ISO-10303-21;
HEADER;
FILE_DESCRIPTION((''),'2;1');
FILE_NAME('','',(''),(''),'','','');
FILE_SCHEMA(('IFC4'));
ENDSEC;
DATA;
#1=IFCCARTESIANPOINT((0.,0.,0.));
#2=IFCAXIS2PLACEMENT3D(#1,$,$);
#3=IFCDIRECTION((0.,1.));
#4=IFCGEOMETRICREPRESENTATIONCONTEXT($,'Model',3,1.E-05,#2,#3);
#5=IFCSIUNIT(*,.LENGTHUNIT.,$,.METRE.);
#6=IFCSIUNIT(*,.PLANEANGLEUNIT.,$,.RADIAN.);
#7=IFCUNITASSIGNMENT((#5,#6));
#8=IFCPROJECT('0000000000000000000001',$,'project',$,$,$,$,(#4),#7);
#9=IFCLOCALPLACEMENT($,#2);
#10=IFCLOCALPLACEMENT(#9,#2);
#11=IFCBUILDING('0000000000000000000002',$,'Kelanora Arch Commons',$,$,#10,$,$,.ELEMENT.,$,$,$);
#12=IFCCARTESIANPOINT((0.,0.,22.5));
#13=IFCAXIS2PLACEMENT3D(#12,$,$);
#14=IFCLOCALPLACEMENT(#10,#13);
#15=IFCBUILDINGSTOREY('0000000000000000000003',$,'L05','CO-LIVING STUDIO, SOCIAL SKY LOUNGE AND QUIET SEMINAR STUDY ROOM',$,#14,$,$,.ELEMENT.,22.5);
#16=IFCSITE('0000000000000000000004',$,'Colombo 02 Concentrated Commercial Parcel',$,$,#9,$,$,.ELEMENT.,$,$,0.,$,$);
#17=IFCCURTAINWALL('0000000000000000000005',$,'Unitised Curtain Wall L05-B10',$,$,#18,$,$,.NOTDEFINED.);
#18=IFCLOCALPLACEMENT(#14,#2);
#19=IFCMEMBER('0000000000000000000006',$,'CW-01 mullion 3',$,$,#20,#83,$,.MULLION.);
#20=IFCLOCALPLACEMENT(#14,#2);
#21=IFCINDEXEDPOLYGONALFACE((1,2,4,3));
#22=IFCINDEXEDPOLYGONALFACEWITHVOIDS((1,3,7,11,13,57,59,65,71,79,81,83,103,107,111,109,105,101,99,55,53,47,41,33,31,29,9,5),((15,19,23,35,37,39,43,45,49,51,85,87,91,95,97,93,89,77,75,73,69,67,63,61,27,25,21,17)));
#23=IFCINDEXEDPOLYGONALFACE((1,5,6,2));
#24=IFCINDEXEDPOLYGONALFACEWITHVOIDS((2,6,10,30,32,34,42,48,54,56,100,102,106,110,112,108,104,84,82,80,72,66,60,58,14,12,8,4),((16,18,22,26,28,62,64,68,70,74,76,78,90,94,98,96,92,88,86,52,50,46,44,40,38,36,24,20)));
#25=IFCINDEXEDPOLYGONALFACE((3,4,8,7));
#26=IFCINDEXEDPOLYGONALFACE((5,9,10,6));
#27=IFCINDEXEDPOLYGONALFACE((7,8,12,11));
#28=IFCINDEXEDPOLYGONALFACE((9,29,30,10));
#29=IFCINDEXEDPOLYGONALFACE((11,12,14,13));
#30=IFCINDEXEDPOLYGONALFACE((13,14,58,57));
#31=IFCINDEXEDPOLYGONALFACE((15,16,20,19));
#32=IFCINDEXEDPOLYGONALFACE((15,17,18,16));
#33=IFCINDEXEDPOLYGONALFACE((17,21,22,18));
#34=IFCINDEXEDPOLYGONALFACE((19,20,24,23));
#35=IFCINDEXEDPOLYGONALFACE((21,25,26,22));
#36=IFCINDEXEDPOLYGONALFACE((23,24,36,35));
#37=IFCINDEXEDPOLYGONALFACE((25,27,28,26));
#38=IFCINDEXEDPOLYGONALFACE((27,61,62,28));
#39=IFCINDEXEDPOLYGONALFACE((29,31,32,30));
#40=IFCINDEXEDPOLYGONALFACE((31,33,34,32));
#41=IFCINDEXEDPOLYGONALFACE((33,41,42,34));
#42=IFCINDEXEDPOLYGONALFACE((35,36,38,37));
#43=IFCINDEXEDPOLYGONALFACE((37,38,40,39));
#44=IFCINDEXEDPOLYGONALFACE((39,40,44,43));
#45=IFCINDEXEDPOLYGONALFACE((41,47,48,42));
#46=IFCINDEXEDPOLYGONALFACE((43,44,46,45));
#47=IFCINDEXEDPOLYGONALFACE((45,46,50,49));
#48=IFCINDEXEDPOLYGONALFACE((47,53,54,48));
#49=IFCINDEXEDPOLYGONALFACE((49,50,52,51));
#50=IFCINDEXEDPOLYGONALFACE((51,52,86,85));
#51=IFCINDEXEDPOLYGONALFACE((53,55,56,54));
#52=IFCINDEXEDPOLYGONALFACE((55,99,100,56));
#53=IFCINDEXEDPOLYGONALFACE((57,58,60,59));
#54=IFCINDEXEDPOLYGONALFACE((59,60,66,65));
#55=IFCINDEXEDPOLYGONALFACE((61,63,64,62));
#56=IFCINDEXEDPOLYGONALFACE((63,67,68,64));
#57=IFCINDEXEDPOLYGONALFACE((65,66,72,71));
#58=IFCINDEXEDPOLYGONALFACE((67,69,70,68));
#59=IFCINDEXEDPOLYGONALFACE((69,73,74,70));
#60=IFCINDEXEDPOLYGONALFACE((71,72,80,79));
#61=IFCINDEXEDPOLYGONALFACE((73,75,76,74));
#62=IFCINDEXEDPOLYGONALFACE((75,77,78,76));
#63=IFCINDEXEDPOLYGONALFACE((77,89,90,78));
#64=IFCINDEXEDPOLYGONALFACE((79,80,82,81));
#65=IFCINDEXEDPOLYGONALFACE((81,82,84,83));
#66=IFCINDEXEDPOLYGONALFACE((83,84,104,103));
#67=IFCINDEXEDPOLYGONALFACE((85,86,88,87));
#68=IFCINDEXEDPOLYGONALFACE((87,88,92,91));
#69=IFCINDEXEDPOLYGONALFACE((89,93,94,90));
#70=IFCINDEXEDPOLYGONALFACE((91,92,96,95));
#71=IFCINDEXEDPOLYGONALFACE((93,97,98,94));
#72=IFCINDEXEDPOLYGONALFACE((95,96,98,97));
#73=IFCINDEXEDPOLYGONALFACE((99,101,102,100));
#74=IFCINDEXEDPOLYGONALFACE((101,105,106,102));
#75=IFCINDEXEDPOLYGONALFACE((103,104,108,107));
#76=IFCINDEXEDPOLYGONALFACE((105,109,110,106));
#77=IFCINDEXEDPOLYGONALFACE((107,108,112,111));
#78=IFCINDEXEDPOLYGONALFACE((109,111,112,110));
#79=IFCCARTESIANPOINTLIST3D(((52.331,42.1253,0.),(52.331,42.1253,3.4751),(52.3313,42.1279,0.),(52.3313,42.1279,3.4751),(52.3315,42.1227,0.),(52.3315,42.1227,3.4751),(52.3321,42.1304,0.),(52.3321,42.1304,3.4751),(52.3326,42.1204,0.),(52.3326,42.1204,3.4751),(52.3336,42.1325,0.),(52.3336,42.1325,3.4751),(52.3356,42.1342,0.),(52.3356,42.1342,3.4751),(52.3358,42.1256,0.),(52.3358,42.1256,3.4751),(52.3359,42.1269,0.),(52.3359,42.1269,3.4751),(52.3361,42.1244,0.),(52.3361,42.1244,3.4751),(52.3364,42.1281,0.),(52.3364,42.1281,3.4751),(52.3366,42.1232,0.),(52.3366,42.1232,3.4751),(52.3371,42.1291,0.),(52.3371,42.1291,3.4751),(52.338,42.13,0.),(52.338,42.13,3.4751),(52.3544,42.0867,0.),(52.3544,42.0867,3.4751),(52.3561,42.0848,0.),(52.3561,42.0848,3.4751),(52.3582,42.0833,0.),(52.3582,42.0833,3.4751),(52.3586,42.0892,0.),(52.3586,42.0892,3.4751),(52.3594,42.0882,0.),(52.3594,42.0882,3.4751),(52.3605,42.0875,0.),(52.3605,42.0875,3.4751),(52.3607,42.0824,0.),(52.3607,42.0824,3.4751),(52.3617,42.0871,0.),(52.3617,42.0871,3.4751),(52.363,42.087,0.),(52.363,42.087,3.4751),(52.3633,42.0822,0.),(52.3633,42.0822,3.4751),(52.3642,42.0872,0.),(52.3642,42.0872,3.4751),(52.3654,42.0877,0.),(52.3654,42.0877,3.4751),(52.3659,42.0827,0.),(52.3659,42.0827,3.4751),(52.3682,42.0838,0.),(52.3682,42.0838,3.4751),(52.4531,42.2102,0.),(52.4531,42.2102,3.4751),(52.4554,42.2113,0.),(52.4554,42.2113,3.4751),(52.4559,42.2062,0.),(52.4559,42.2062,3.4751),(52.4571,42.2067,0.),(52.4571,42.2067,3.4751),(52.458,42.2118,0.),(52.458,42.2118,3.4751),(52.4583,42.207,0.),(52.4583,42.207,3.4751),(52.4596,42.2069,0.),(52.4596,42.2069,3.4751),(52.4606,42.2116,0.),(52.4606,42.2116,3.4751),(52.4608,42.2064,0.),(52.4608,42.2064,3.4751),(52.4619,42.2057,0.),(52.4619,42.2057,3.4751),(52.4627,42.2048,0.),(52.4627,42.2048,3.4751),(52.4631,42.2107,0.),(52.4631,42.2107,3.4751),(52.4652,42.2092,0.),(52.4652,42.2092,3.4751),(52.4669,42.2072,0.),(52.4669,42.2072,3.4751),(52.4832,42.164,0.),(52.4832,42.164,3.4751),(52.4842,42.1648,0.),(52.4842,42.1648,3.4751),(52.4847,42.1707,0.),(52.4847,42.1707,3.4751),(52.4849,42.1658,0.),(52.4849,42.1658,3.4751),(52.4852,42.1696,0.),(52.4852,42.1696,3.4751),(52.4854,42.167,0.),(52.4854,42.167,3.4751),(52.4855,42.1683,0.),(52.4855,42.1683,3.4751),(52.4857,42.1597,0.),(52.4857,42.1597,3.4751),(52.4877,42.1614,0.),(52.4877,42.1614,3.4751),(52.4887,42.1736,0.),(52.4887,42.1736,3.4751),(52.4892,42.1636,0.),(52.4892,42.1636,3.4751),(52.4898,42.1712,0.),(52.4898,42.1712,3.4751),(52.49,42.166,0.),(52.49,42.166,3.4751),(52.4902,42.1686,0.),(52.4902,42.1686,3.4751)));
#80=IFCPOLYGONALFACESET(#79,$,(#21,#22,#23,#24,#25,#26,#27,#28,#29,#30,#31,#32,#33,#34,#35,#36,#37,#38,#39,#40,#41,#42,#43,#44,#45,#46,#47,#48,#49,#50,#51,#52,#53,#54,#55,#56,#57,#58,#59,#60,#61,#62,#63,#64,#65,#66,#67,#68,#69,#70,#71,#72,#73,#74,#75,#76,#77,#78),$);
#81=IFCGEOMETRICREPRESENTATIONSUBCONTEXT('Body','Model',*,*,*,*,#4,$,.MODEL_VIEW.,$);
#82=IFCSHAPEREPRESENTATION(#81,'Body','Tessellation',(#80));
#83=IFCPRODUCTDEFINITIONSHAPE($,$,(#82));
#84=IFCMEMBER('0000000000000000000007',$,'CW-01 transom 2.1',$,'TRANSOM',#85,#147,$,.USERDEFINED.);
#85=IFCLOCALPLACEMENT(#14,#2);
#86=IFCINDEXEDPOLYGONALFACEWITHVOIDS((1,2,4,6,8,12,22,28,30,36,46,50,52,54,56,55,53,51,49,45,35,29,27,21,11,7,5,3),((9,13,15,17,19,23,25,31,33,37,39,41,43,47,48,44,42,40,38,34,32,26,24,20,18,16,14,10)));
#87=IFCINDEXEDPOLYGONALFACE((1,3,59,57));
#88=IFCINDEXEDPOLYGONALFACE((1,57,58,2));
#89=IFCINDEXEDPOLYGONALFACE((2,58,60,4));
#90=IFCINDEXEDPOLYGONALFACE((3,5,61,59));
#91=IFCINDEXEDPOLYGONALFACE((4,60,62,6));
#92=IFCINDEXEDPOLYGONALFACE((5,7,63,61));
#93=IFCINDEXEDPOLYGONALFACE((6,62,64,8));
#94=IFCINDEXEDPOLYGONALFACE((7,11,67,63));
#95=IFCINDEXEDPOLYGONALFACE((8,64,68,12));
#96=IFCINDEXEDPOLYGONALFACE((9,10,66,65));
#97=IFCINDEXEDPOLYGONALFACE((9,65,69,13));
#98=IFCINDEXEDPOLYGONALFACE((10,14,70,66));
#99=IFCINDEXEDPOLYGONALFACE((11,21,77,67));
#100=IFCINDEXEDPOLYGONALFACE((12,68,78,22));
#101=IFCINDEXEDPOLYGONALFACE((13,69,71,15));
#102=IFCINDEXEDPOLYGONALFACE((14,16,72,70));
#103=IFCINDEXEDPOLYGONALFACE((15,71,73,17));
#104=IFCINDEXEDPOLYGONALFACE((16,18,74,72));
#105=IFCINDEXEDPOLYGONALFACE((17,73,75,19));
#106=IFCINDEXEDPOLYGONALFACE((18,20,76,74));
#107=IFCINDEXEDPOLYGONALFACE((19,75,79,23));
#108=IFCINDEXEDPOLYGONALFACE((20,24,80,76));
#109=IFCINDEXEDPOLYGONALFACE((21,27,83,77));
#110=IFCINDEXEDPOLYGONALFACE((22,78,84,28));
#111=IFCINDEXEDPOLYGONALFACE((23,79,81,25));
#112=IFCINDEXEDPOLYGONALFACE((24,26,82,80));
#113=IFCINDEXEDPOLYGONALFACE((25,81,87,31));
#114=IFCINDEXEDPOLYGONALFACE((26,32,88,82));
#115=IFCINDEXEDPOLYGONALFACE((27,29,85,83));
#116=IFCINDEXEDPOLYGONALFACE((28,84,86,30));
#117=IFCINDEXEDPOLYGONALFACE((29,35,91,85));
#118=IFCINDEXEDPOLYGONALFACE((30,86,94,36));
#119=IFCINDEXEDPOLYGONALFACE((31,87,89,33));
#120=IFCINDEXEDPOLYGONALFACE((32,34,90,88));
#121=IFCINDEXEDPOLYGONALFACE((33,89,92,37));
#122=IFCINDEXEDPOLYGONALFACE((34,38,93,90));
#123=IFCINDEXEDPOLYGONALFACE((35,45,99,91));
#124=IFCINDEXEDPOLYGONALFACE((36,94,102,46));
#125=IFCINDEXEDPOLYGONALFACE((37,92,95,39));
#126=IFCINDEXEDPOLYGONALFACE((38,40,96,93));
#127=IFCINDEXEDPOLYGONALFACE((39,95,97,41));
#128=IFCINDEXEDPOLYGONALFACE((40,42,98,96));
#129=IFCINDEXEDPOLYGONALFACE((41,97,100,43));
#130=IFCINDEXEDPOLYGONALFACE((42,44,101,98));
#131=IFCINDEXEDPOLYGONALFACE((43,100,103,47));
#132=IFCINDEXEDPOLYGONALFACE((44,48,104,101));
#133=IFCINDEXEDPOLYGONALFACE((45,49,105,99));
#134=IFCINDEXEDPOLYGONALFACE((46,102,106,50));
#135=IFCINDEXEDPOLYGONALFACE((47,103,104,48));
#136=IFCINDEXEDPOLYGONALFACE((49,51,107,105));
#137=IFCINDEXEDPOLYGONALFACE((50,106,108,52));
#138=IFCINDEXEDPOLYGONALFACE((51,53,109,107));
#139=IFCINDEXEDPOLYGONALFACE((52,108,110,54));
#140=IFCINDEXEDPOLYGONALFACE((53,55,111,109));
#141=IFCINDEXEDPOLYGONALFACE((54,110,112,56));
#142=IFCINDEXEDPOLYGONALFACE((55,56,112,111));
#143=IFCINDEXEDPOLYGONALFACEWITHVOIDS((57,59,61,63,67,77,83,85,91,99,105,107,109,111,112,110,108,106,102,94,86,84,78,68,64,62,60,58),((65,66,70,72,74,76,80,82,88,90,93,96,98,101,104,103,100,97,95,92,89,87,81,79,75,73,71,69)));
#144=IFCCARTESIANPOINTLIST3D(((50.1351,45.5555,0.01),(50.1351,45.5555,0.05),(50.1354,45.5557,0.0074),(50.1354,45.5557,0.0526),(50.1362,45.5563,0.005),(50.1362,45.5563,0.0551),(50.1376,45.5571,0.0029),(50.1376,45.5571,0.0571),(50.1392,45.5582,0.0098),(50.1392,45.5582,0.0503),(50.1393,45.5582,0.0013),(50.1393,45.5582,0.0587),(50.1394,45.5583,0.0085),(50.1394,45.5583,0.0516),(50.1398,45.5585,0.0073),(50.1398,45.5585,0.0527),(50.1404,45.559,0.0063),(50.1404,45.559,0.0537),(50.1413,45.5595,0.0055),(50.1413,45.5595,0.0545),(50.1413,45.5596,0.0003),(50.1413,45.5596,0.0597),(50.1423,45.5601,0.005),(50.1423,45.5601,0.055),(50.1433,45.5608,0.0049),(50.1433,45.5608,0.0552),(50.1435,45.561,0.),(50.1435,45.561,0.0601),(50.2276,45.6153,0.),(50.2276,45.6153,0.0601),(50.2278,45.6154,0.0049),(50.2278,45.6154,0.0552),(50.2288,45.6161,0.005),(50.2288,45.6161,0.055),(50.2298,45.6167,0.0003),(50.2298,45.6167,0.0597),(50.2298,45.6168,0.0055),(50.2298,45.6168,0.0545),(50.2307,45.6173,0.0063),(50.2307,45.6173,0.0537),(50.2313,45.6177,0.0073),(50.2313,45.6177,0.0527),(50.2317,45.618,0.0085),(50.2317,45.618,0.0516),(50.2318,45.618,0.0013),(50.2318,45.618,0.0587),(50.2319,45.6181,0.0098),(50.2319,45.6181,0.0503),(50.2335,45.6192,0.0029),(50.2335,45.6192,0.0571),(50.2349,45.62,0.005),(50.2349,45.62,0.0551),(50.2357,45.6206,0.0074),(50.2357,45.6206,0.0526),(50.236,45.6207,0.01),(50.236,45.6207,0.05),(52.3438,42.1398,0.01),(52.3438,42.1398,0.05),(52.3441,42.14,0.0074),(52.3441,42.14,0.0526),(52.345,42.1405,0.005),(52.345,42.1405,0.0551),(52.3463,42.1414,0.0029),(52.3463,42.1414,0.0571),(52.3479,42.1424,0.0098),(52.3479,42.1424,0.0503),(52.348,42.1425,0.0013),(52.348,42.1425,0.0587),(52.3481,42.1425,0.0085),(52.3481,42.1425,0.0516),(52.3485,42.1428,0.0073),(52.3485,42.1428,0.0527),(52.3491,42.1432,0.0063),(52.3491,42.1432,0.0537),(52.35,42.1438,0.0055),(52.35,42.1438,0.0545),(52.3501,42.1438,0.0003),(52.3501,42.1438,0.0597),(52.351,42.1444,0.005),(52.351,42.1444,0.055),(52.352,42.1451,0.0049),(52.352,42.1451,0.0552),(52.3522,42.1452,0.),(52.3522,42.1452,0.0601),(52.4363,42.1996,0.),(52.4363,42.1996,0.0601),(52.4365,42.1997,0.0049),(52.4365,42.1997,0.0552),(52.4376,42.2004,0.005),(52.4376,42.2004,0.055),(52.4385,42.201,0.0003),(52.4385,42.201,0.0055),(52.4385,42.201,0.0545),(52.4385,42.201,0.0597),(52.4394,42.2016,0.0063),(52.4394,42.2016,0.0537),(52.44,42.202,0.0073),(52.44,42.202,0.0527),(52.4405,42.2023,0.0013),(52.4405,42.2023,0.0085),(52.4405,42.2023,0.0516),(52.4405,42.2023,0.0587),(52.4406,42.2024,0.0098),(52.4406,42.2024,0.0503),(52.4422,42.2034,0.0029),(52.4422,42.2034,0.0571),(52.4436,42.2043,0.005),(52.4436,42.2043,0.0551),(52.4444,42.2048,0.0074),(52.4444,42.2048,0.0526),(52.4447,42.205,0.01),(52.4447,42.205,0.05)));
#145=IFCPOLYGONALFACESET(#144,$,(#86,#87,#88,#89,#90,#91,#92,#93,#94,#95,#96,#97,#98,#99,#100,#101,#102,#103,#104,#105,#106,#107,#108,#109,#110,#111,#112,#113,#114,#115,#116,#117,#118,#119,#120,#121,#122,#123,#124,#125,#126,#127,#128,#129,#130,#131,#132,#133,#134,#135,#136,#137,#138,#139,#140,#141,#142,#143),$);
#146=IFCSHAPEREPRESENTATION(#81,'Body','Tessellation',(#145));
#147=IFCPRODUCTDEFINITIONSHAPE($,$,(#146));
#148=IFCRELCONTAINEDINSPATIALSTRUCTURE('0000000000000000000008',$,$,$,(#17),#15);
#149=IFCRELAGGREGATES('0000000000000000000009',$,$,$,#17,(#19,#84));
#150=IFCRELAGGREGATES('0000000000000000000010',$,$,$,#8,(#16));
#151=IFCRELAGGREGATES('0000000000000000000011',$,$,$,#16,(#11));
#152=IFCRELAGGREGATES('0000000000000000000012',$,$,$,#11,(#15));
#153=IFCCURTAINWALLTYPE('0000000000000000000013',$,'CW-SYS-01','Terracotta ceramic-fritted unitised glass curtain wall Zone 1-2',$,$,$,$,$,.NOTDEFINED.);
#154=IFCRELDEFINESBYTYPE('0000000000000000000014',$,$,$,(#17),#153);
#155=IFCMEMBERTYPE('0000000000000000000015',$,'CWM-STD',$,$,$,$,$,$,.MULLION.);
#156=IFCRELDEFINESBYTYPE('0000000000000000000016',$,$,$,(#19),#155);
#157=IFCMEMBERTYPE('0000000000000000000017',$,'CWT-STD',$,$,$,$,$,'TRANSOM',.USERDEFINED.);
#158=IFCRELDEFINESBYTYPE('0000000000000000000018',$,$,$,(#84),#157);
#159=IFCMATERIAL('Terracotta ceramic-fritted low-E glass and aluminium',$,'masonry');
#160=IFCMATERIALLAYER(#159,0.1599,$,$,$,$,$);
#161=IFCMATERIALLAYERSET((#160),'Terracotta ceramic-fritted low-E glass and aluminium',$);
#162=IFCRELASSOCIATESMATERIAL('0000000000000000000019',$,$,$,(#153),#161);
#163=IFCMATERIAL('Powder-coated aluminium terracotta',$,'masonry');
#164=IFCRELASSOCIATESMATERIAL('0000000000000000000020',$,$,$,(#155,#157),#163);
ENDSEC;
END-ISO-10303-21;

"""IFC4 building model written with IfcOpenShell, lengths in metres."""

from ifc_helpers import new_model, si_unit, direction, frame, origin, origin_2d, place, context, subcontext, project, spatial, hollow_rectangle, extrude, material, layer, layer_set, material_profile, profile_set, type_object, element, aggregate, save


model = new_model("IFC4")

# Units and contexts
model_context = context("Model", 3, precision=1e-05, world=origin(), true_north=direction((0.0, 1.0)))
body_context = subcontext(model_context, "Body", "Model", "MODEL_VIEW")
ifc_project = project(units=[si_unit("LENGTHUNIT", "METRE"), si_unit("PLANEANGLEUNIT", "RADIAN")], contexts=[model_context])

# Site, building, storey
site_placement = place(None, origin())
site = spatial("IfcSite", under=ifc_project, at=site_placement, Name="Colombo 02 Concentrated Commercial Parcel", CompositionType="ELEMENT", RefElevation=0.0)
building_placement = place(site_placement, origin())
building = spatial("IfcBuilding", under=site, at=building_placement, Name="Kelanora Arch Commons", CompositionType="ELEMENT")
storey_placement = place(building_placement, frame((0.0, 0.0, 22.5)))
storey = spatial("IfcBuildingStorey", under=building, at=storey_placement, Name="L05", Description="CO-LIVING STUDIO, SOCIAL SKY LOUNGE AND QUIET SEMINAR STUDY ROOM", CompositionType="ELEMENT", Elevation=22.5)

# Curtain wall, members
ifc_material_1 = material(Name="Terracotta ceramic-fritted low-E glass and aluminium", Category="masonry")
ifc_layer_1 = layer(ifc_material_1, 0.1599)
ifc_layer_set_1 = layer_set([ifc_layer_1], Name="Terracotta ceramic-fritted low-E glass and aluminium")
curtain_wall_type = type_object("IfcCurtainWallType", Name="CW-SYS-01", Description="Terracotta ceramic-fritted unitised glass curtain wall Zone 1-2", PredefinedType="NOTDEFINED", material=ifc_layer_set_1)
curtain_wall_placement = place(storey_placement, origin())
curtain_wall = element("IfcCurtainWall", 1, at=curtain_wall_placement, inside=storey, type_object=curtain_wall_type, Name="Unitised Curtain Wall L05-B10", PredefinedType="NOTDEFINED")
ifc_material_2 = material(Name="Powder-coated aluminium terracotta", Category="masonry")
ifc_material_profile_1 = material_profile(ifc_material_2, hollow_rectangle(XDim=0.1599, YDim=0.0601, WallThickness=0.0049, InnerFilletRadius=0.0049, OuterFilletRadius=0.01, at=origin_2d()), Name="CWM160x60")
ifc_profile_set_1 = profile_set([ifc_material_profile_1], Name="Powder-coated aluminium terracotta")
member_type_1 = type_object("IfcMemberType", Name="CWM-STD", PredefinedType="MULLION", material=ifc_profile_set_1)
member_1_placement = place(storey_placement, frame((52.4106, 42.147, 0.0), z_axis=(0.0, 0.0, 1.0), x_axis=(0.83973, 0.543004, 0.0)))
member_1 = element("IfcMember", 2, at=member_1_placement, type_object=member_type_1, Name="CW-01 mullion 3", PredefinedType="MULLION", context=body_context, shape_type="SweptSolid", body=[
    extrude(hollow_rectangle(XDim=0.1599, YDim=0.0601, WallThickness=0.0049, InnerFilletRadius=0.0049, OuterFilletRadius=0.01, at=origin_2d()), origin(), (0.0, 0.0, 1.0), 3.4751),
])
ifc_material_profile_2 = material_profile(ifc_material_2, hollow_rectangle(XDim=0.1201, YDim=0.0601, WallThickness=0.0049, InnerFilletRadius=0.0049, OuterFilletRadius=0.01, at=origin_2d()), Name="CWT120x60")
ifc_profile_set_2 = profile_set([ifc_material_profile_2], Name="Powder-coated aluminium terracotta")
member_type_2 = type_object("IfcMemberType", Name="CWT-STD", ElementType="TRANSOM", PredefinedType="USERDEFINED", material=ifc_profile_set_2)
member_2_placement = place(storey_placement, frame((50.1855, 45.5881, 0.03), z_axis=(0.542997, -0.839734, 0.0), x_axis=(0.839734, 0.542997, 0.0)))
member_2 = element("IfcMember", 3, at=member_2_placement, type_object=member_type_2, Name="CW-01 transom 2.1", ObjectType="TRANSOM", PredefinedType="USERDEFINED", context=body_context, shape_type="SweptSolid", body=[
    extrude(hollow_rectangle(XDim=0.1201, YDim=0.0601, WallThickness=0.0049, InnerFilletRadius=0.0049, OuterFilletRadius=0.01, at=origin_2d()), origin(), (0.0, 0.0, 1.0), 4.0676),
])
aggregate(curtain_wall, [member_1, member_2])

save(model, "model.ifc")
